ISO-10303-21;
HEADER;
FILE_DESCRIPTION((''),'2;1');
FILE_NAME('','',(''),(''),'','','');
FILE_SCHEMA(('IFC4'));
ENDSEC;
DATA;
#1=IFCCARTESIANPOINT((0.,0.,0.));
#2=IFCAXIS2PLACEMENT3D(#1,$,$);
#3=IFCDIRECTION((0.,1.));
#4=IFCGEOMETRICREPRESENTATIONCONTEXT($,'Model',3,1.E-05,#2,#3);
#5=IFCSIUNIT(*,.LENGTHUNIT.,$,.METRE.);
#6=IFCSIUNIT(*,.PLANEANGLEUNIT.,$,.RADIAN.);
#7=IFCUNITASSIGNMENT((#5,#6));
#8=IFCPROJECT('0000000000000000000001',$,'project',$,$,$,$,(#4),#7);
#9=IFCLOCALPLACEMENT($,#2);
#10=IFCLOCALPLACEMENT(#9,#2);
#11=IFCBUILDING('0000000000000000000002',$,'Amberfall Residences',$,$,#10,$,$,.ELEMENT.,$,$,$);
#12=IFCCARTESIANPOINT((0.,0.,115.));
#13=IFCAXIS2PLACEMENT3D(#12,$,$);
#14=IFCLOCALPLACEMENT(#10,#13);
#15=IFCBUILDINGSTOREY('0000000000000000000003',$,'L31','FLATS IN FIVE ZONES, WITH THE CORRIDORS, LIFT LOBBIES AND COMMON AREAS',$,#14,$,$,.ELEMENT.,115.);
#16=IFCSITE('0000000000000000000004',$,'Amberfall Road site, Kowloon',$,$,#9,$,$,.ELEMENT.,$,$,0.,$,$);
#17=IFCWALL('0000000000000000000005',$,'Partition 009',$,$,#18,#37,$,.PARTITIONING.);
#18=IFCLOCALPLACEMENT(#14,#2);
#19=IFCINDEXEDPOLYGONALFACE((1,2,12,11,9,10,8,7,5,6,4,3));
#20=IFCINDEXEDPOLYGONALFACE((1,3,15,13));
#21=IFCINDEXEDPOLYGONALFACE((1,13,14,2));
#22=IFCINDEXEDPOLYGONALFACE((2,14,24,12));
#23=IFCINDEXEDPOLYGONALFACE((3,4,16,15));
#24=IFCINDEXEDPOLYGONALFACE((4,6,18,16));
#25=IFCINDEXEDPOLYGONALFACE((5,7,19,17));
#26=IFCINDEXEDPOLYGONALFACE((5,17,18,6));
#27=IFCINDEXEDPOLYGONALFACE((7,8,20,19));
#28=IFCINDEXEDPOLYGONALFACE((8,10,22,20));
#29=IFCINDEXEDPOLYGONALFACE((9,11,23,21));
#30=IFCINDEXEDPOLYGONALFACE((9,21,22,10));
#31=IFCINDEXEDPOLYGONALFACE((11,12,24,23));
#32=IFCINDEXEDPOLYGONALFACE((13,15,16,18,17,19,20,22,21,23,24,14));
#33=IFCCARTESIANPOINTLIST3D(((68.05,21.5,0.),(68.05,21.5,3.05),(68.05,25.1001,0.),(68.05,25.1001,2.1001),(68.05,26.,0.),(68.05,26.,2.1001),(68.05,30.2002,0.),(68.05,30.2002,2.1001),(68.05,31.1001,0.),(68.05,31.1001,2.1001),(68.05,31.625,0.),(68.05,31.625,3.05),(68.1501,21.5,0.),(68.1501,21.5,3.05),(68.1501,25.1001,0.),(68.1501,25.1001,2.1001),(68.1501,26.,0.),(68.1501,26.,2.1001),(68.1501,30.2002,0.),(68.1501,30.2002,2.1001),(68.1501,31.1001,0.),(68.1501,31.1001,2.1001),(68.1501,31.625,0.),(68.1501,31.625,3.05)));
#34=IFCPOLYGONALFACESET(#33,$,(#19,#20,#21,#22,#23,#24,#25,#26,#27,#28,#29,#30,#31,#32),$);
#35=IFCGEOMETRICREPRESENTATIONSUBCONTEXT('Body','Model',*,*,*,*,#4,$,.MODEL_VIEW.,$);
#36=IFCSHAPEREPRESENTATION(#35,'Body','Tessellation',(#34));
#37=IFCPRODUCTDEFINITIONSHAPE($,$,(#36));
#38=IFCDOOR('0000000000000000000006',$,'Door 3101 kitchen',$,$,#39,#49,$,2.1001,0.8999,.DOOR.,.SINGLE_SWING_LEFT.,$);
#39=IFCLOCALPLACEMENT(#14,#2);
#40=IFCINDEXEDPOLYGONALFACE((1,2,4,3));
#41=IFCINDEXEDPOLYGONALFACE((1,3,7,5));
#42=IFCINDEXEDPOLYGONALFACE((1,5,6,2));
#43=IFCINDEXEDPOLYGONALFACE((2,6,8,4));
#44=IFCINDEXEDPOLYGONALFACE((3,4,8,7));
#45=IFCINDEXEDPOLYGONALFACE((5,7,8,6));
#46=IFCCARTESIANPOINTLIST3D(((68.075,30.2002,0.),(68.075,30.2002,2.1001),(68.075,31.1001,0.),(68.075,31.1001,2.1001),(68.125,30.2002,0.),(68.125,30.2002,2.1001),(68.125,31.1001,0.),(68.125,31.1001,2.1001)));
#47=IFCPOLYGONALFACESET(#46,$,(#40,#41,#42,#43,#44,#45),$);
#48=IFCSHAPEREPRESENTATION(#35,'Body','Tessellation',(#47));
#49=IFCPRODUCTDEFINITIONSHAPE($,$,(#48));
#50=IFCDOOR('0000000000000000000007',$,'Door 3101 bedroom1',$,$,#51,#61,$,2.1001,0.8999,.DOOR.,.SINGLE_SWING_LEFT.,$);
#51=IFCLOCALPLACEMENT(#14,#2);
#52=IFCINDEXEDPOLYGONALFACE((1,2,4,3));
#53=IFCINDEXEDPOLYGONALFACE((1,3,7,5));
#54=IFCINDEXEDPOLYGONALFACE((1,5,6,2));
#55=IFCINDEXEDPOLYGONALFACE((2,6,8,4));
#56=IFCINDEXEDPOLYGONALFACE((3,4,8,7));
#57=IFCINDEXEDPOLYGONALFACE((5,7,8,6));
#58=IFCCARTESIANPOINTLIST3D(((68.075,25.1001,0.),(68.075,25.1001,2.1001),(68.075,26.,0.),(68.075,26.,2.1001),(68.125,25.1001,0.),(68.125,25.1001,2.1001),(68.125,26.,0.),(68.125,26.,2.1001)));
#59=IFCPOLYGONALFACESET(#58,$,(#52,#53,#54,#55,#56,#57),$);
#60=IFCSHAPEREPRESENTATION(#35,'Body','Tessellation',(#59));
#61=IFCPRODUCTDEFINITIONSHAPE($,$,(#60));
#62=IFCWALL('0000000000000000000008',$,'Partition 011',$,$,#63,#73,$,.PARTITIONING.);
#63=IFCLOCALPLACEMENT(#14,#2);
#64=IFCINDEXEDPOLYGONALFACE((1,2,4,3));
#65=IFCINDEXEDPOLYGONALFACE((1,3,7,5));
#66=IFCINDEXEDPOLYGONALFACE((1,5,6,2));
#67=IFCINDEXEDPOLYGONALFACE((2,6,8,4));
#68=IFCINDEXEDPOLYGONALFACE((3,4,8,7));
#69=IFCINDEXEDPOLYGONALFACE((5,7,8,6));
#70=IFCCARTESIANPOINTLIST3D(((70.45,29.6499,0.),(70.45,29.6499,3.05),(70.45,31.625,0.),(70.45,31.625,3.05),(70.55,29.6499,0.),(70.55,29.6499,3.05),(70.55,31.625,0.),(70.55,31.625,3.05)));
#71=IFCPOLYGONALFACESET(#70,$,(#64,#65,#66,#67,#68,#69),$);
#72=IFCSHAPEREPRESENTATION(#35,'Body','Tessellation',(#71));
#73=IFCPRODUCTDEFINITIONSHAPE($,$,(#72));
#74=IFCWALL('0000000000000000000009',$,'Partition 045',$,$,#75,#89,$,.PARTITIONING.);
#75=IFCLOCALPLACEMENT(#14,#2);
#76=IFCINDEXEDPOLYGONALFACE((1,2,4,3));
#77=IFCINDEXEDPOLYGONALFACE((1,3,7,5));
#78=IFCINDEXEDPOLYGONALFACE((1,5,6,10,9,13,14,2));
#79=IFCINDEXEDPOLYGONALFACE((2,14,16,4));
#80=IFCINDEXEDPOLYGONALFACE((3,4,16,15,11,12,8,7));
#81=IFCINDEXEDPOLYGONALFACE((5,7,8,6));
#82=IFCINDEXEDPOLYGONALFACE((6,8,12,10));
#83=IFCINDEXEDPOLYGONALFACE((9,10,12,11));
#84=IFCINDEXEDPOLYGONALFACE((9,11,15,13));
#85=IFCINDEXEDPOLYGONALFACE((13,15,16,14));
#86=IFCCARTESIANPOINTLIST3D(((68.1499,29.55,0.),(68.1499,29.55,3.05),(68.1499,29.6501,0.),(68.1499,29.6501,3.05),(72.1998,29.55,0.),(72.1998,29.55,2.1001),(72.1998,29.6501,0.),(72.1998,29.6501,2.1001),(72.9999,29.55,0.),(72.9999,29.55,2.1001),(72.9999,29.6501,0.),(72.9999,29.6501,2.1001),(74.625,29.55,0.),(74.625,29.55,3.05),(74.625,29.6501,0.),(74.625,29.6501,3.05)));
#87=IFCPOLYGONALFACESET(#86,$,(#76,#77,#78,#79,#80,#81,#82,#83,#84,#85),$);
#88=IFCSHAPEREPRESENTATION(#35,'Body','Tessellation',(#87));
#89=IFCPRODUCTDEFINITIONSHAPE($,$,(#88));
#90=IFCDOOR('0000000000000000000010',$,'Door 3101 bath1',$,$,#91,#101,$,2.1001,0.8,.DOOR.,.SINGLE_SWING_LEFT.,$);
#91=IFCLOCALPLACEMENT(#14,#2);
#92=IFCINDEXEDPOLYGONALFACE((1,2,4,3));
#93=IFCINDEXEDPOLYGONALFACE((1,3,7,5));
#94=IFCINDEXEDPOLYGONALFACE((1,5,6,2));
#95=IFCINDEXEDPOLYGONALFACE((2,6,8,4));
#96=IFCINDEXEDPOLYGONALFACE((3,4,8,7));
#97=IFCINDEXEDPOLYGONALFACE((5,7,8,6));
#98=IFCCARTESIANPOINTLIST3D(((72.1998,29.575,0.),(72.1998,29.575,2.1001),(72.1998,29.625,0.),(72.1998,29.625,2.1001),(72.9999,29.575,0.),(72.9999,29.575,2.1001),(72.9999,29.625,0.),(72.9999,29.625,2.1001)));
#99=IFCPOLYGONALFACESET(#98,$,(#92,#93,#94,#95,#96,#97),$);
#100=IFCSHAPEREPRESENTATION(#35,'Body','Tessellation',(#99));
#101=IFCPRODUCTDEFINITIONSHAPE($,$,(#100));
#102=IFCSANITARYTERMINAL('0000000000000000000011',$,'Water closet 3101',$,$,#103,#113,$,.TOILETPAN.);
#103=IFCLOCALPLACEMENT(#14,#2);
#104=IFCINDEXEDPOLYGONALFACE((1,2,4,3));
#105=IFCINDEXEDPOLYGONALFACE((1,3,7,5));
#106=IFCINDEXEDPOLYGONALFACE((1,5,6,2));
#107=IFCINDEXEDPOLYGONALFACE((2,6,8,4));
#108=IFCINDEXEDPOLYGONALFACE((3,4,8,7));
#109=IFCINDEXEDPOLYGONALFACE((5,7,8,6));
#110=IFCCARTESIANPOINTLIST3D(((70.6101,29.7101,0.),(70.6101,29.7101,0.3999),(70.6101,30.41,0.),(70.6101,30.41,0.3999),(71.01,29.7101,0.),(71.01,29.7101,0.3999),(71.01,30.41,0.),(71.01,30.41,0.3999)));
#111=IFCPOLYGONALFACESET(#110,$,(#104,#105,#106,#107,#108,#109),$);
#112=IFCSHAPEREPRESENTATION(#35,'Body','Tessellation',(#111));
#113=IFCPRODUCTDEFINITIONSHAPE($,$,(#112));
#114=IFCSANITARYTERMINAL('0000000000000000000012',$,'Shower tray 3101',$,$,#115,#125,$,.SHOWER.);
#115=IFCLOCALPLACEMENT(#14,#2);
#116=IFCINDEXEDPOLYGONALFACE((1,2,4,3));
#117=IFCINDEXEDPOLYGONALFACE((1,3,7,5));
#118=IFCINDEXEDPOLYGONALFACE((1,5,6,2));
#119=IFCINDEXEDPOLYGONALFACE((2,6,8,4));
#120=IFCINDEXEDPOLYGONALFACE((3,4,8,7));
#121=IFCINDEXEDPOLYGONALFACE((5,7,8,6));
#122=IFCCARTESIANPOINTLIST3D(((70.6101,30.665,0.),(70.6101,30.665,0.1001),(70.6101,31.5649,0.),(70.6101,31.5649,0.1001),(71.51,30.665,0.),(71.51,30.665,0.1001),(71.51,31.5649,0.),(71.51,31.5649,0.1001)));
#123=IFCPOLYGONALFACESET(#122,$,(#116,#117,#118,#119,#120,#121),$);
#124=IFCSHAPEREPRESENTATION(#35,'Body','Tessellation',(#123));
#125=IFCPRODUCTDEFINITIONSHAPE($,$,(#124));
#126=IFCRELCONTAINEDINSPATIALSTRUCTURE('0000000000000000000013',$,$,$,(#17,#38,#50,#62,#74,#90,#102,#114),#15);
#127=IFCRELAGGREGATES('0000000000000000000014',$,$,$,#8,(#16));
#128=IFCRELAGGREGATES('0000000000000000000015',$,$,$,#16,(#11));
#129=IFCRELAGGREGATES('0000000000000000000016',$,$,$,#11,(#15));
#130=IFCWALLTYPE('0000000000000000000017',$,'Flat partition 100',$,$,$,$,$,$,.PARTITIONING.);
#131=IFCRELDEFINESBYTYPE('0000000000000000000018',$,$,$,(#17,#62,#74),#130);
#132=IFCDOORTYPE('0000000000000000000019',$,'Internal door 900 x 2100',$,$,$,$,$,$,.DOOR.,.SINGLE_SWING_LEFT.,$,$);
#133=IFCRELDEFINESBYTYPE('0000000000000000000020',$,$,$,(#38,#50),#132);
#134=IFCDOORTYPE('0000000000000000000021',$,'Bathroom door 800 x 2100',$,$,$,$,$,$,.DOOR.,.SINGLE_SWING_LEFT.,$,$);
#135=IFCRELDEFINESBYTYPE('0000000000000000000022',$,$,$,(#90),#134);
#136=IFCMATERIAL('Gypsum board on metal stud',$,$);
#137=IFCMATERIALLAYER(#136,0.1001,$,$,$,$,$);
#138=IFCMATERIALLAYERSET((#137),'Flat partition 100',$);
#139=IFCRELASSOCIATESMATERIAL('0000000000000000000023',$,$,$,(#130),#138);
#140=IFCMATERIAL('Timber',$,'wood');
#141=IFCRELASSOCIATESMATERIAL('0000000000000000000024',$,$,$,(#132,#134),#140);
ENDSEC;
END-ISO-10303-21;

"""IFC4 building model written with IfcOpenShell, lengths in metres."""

from ifc_helpers import new_model, si_unit, direction, frame, frame_2d, origin, origin_2d, place, context, subcontext, project, spatial, rectangle, extrude, material, layer, layer_set, type_object, element, fill, save


model = new_model("IFC4")

# Units and contexts
model_context = context("Model", 3, precision=1e-05, world=origin(), true_north=direction((0.0, 1.0)))
body_context = subcontext(model_context, "Body", "Model", "MODEL_VIEW")
ifc_project = project(units=[si_unit("LENGTHUNIT", "METRE"), si_unit("PLANEANGLEUNIT", "RADIAN")], contexts=[model_context])

# Site, building, storey
site_placement = place(None, origin())
site = spatial("IfcSite", under=ifc_project, at=site_placement, Name="Amberfall Road site, Kowloon", CompositionType="ELEMENT", RefElevation=0.0)
building_placement = place(site_placement, origin())
building = spatial("IfcBuilding", under=site, at=building_placement, Name="Amberfall Residences", CompositionType="ELEMENT")
storey_placement = place(building_placement, frame((0.0, 0.0, 115.0)))
storey = spatial("IfcBuildingStorey", under=building, at=storey_placement, Name="L31", Description="FLATS IN FIVE ZONES, WITH THE CORRIDORS, LIFT LOBBIES AND COMMON AREAS", CompositionType="ELEMENT", Elevation=115.0)

# Wall, openings, doors
ifc_material_1 = material(Name="Gypsum board on metal stud")
ifc_layer = layer(ifc_material_1, 0.1001)
ifc_layer_set = layer_set([ifc_layer], Name="Flat partition 100")
wall_type = type_object("IfcWallType", Name="Flat partition 100", PredefinedType="PARTITIONING", material=ifc_layer_set)
wall_1_placement = place(storey_placement, frame((68.1001, 31.625, 0.0), z_axis=(0.0, 0.0, 1.0), x_axis=(0.0, -1.0, 0.0)))
wall_1 = element("IfcWall", 1, at=wall_1_placement, inside=storey, type_object=wall_type, Name="Partition 009", PredefinedType="PARTITIONING", context=body_context, shape_type="SweptSolid", body=[
    extrude(rectangle(XDim=10.125, YDim=0.1001, at=frame_2d((5.0625, 0.0))), origin(), (0.0, 0.0, 1.0), 3.05),
])
opening_1_placement = place(wall_1_placement, frame((0.5249, 0.0, 0.0)))
opening_1 = element("IfcOpeningElement", 2, at=opening_1_placement, cuts=wall_1, PredefinedType="OPENING", context=body_context, shape_type="SweptSolid", body=[
    extrude(rectangle(XDim=0.8999, YDim=2.1001, at=frame_2d((0.45, 1.05))), frame((0.0, 0.0601, 0.0), z_axis=(0.0, -1.0, 0.0), x_axis=(1.0, 0.0, 0.0)), (0.0, 0.0, 1.0), 0.1201),
])
opening_2_placement = place(wall_1_placement, frame((5.625, 0.0, 0.0)))
opening_2 = element("IfcOpeningElement", 3, at=opening_2_placement, cuts=wall_1, PredefinedType="OPENING", context=body_context, shape_type="SweptSolid", body=[
    extrude(rectangle(XDim=0.8999, YDim=2.1001, at=frame_2d((0.45, 1.05))), frame((0.0, 0.0601, 0.0), z_axis=(0.0, -1.0, 0.0), x_axis=(1.0, 0.0, 0.0)), (0.0, 0.0, 1.0), 0.1201),
])
ifc_material_2 = material(Name="Timber", Category="wood")
door_type_1 = type_object("IfcDoorType", Name="Internal door 900 x 2100", OperationType="SINGLE_SWING_LEFT", PredefinedType="DOOR", material=ifc_material_2)
door_1_placement = place(opening_1_placement, origin())
door_1 = element("IfcDoor", 4, at=door_1_placement, inside=storey, type_object=door_type_1, Name="Door 3101 kitchen", OperationType="SINGLE_SWING_LEFT", OverallHeight=2.1001, OverallWidth=0.8999, PredefinedType="DOOR", context=body_context, shape_type="SweptSolid", body=[
    extrude(rectangle(XDim=0.8999, YDim=2.1001, at=frame_2d((0.45, 1.05))), frame((0.0, 0.0249, 0.0), z_axis=(0.0, -1.0, 0.0), x_axis=(1.0, 0.0, 0.0)), (0.0, 0.0, 1.0), 0.05),
])
fill(opening_1, door_1)
door_2_placement = place(opening_2_placement, origin())
door_2 = element("IfcDoor", 5, at=door_2_placement, inside=storey, type_object=door_type_1, Name="Door 3101 bedroom1", OperationType="SINGLE_SWING_LEFT", OverallHeight=2.1001, OverallWidth=0.8999, PredefinedType="DOOR", context=body_context, shape_type="SweptSolid", body=[
    extrude(rectangle(XDim=0.8999, YDim=2.1001, at=frame_2d((0.45, 1.05))), frame((0.0, 0.0249, 0.0), z_axis=(0.0, -1.0, 0.0), x_axis=(1.0, 0.0, 0.0)), (0.0, 0.0, 1.0), 0.05),
])
fill(opening_2, door_2)

# Wall
wall_2_placement = place(storey_placement, frame((70.5, 29.6499, 0.0), z_axis=(0.0, 0.0, 1.0), x_axis=(0.0, 1.0, 0.0)))
element("IfcWall", 6, at=wall_2_placement, inside=storey, type_object=wall_type, Name="Partition 011", PredefinedType="PARTITIONING", context=body_context, shape_type="SweptSolid", body=[
    extrude(rectangle(XDim=1.9751, YDim=0.1001, at=frame_2d((0.9875, 0.0))), origin(), (0.0, 0.0, 1.0), 3.05),
])

# Wall, opening, door
wall_3_placement = place(storey_placement, frame((68.1499, 29.6001, 0.0), z_axis=(0.0, 0.0, 1.0), x_axis=(1.0, 0.0, 0.0)))
wall_3 = element("IfcWall", 7, at=wall_3_placement, inside=storey, type_object=wall_type, Name="Partition 045", PredefinedType="PARTITIONING", context=body_context, shape_type="SweptSolid", body=[
    extrude(rectangle(XDim=6.4751, YDim=0.1001, at=frame_2d((3.2375, 0.0))), origin(), (0.0, 0.0, 1.0), 3.05),
])
opening_3_placement = place(wall_3_placement, frame((4.05, 0.0, 0.0)))
opening_3 = element("IfcOpeningElement", 8, at=opening_3_placement, cuts=wall_3, PredefinedType="OPENING", context=body_context, shape_type="SweptSolid", body=[
    extrude(rectangle(XDim=0.8, YDim=2.1001, at=frame_2d((0.3999, 1.05))), frame((0.0, 0.0601, 0.0), z_axis=(0.0, -1.0, 0.0), x_axis=(1.0, 0.0, 0.0)), (0.0, 0.0, 1.0), 0.1201),
])
door_type_2 = type_object("IfcDoorType", Name="Bathroom door 800 x 2100", OperationType="SINGLE_SWING_LEFT", PredefinedType="DOOR", material=ifc_material_2)
door_3_placement = place(opening_3_placement, origin())
door_3 = element("IfcDoor", 9, at=door_3_placement, inside=storey, type_object=door_type_2, Name="Door 3101 bath1", OperationType="SINGLE_SWING_LEFT", OverallHeight=2.1001, OverallWidth=0.8, PredefinedType="DOOR", context=body_context, shape_type="SweptSolid", body=[
    extrude(rectangle(XDim=0.8, YDim=2.1001, at=frame_2d((0.3999, 1.05))), frame((0.0, 0.0249, 0.0), z_axis=(0.0, -1.0, 0.0), x_axis=(1.0, 0.0, 0.0)), (0.0, 0.0, 1.0), 0.05),
])
fill(opening_3, door_3)

# Sanitary terminals
sanitary_terminal_1_placement = place(storey_placement, frame((70.8101, 30.0601, 0.0), z_axis=(0.0, 0.0, 1.0), x_axis=(1.0, 0.0, 0.0)))
element("IfcSanitaryTerminal", 10, at=sanitary_terminal_1_placement, inside=storey, Name="Water closet 3101", PredefinedType="TOILETPAN", context=body_context, shape_type="SweptSolid", body=[
    extrude(rectangle(XDim=0.3999, YDim=0.7, at=origin_2d()), origin(), (0.0, 0.0, 1.0), 0.3999),
])
sanitary_terminal_2_placement = place(storey_placement, frame((71.0601, 31.115, 0.0), z_axis=(0.0, 0.0, 1.0), x_axis=(1.0, 0.0, 0.0)))
element("IfcSanitaryTerminal", 11, at=sanitary_terminal_2_placement, inside=storey, Name="Shower tray 3101", PredefinedType="SHOWER", context=body_context, shape_type="SweptSolid", body=[
    extrude(rectangle(XDim=0.8999, YDim=0.8999, at=origin_2d()), origin(), (0.0, 0.0, 1.0), 0.1001),
])

save(model, "model.ifc")
